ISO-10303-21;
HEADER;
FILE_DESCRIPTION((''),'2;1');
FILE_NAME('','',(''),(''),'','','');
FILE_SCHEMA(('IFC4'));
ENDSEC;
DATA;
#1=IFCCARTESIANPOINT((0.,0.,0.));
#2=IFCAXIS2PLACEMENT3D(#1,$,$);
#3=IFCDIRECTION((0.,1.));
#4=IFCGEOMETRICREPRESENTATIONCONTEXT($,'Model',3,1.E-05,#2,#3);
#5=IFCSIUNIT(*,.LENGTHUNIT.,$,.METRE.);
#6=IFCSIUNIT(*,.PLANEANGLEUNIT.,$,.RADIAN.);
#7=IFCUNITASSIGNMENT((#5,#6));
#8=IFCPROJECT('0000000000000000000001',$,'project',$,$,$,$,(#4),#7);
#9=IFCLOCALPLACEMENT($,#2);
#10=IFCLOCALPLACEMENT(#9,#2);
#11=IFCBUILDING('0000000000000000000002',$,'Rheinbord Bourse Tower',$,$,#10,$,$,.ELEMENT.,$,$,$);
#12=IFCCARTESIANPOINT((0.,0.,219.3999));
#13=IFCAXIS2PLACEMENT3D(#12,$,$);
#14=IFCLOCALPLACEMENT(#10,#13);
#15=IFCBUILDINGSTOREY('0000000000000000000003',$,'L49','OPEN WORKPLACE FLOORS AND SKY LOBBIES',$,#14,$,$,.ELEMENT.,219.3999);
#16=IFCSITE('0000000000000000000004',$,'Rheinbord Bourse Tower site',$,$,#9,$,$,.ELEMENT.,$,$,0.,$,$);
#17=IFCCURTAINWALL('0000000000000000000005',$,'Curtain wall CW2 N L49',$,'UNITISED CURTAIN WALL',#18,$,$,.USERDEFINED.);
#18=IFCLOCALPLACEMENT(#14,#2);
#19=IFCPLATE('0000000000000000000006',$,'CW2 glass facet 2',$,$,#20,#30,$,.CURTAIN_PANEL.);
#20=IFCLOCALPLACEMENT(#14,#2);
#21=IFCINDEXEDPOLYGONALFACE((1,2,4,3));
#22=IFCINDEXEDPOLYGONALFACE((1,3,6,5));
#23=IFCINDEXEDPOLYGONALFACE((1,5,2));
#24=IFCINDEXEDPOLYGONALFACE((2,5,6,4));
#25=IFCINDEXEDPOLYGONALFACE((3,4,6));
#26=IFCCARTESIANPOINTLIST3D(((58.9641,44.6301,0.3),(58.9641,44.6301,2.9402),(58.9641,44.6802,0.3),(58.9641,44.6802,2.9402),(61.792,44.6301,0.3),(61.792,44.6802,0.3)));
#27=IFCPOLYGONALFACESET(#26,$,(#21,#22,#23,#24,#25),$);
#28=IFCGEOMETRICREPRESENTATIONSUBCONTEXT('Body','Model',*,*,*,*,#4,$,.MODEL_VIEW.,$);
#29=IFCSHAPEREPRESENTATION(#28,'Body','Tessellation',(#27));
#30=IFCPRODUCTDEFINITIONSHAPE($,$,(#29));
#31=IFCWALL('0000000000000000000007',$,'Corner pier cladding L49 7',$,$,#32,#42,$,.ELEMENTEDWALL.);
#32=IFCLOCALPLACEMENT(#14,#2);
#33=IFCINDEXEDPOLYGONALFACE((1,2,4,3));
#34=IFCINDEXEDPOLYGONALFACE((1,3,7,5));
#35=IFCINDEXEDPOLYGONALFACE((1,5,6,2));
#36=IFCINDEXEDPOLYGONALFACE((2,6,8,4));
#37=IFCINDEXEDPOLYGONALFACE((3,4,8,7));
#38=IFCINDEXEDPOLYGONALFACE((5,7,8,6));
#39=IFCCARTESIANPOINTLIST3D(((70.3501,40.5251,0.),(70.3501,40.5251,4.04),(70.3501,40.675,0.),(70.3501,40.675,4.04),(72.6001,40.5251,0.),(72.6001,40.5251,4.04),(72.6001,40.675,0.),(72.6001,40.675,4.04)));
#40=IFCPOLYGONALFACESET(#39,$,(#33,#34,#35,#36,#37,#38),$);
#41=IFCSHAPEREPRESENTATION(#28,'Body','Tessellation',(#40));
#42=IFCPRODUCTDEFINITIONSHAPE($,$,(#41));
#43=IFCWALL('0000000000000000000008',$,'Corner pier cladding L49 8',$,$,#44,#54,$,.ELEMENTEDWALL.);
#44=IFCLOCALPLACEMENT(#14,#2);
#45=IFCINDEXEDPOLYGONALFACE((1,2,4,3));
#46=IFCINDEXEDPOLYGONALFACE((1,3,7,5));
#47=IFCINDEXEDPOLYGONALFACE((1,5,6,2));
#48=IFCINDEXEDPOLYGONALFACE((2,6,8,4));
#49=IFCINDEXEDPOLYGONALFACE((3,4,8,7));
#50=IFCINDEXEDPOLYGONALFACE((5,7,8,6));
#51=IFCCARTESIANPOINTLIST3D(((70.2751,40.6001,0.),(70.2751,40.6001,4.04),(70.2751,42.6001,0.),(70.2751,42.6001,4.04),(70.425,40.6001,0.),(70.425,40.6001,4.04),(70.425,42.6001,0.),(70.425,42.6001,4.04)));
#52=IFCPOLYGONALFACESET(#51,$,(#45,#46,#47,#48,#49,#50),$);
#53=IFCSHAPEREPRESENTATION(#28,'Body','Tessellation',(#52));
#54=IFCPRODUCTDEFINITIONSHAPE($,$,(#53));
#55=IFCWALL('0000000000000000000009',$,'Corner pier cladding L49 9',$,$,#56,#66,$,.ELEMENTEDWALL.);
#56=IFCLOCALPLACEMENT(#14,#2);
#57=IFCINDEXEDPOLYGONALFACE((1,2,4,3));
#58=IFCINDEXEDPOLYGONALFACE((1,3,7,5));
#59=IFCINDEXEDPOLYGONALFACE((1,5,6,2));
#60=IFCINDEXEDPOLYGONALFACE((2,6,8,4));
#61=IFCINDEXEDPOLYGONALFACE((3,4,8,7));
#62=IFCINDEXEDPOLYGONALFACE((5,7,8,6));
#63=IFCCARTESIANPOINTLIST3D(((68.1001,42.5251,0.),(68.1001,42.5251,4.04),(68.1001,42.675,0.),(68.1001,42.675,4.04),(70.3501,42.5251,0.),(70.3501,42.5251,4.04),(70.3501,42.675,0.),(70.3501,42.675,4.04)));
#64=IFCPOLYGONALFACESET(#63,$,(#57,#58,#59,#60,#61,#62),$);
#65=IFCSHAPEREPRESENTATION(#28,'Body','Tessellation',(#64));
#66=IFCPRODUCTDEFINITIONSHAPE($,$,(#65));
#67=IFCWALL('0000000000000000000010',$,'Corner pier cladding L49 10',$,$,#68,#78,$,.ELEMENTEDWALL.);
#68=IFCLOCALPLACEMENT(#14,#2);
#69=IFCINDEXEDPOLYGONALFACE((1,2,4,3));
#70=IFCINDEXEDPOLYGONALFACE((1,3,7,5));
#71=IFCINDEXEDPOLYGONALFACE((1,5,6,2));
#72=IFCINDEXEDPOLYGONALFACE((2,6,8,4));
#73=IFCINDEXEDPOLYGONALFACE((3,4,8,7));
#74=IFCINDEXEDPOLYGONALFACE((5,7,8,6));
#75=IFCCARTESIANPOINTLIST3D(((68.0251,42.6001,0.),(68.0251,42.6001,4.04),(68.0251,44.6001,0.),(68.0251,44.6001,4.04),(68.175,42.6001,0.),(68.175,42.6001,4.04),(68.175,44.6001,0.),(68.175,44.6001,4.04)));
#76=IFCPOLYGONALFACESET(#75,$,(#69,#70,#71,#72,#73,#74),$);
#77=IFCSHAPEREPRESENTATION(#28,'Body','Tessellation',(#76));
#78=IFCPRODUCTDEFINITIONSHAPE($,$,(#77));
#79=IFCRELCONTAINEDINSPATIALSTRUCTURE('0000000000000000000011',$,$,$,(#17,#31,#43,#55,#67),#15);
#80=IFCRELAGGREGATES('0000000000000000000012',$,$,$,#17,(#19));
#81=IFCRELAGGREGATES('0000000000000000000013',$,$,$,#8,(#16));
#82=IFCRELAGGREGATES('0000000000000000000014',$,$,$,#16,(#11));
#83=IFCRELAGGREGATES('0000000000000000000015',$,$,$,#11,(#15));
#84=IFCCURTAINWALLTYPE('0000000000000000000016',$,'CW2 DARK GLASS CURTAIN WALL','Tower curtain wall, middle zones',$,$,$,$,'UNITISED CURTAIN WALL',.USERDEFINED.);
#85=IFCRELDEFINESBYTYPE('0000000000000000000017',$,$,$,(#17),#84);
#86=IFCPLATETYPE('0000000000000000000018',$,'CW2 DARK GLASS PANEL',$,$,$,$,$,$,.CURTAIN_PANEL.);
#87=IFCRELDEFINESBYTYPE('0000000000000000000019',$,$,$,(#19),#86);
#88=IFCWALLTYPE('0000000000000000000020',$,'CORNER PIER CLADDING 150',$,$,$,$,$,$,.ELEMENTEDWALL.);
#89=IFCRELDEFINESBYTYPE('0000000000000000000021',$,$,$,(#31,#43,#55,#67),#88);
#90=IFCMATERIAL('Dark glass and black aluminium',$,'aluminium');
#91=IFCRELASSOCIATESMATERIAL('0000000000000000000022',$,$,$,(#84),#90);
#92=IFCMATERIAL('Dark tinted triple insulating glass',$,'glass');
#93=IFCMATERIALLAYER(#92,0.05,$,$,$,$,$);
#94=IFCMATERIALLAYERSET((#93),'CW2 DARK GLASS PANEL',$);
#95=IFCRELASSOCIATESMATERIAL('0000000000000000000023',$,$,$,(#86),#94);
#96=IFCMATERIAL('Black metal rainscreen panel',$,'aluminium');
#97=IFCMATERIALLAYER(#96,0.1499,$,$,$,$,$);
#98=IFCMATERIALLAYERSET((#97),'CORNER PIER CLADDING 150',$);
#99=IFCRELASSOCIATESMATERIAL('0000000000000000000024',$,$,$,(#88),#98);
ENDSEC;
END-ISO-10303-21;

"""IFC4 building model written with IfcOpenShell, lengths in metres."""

from ifc_helpers import new_model, si_unit, direction, frame, frame_2d, origin, place, context, subcontext, project, spatial, polyline, rectangle, outline, extrude, material, layer, layer_set, type_object, element, aggregate, save


model = new_model("IFC4")

# Units and contexts
model_context = context("Model", 3, precision=1e-05, world=origin(), true_north=direction((0.0, 1.0)))
body_context = subcontext(model_context, "Body", "Model", "MODEL_VIEW")
ifc_project = project(units=[si_unit("LENGTHUNIT", "METRE"), si_unit("PLANEANGLEUNIT", "RADIAN")], contexts=[model_context])

# Site, building, storey
site_placement = place(None, origin())
site = spatial("IfcSite", under=ifc_project, at=site_placement, Name="Rheinbord Bourse Tower site", CompositionType="ELEMENT", RefElevation=0.0)
building_placement = place(site_placement, origin())
building = spatial("IfcBuilding", under=site, at=building_placement, Name="Rheinbord Bourse Tower", CompositionType="ELEMENT")
storey_placement = place(building_placement, frame((0.0, 0.0, 219.3999)))
storey = spatial("IfcBuildingStorey", under=building, at=storey_placement, Name="L49", Description="OPEN WORKPLACE FLOORS AND SKY LOBBIES", CompositionType="ELEMENT", Elevation=219.3999)

# Curtain wall
ifc_material_1 = material(Name="Dark glass and black aluminium", Category="aluminium")
curtain_wall_type = type_object("IfcCurtainWallType", Name="CW2 DARK GLASS CURTAIN WALL", Description="Tower curtain wall, middle zones", ElementType="UNITISED CURTAIN WALL", PredefinedType="USERDEFINED", material=ifc_material_1)
curtain_wall_1_placement = place(storey_placement, origin())
curtain_wall_1 = element("IfcCurtainWall", 1, at=curtain_wall_1_placement, inside=storey, type_object=curtain_wall_type, Name="Curtain wall CW2 N L49", ObjectType="UNITISED CURTAIN WALL", PredefinedType="USERDEFINED")

# Plate
ifc_material_2 = material(Name="Dark tinted triple insulating glass", Category="glass")
ifc_layer_1 = layer(ifc_material_2, 0.05)
ifc_layer_set_1 = layer_set([ifc_layer_1], Name="CW2 DARK GLASS PANEL")
plate_type = type_object("IfcPlateType", Name="CW2 DARK GLASS PANEL", PredefinedType="CURTAIN_PANEL", material=ifc_layer_set_1)
plate_1_placement = place(storey_placement, frame((58.9641, 44.6802, 0.3), z_axis=(0.0, -1.0, 0.0), x_axis=(1.0, 0.0, 0.0)))
plate_1 = element("IfcPlate", 2, at=plate_1_placement, type_object=plate_type, Name="CW2 glass facet 2", PredefinedType="CURTAIN_PANEL", context=body_context, shape_type="SweptSolid", body=[
    extrude(outline(polyline([(0.0, 0.0), (2.8279, 0.0), (0.0, 2.6401), (0.0, 0.0)])), origin(), (0.0, 0.0, 1.0), 0.05),
])
aggregate(curtain_wall_1, [plate_1])

# Walls
ifc_material_3 = material(Name="Black metal rainscreen panel", Category="aluminium")
ifc_layer_2 = layer(ifc_material_3, 0.1499)
ifc_layer_set_2 = layer_set([ifc_layer_2], Name="CORNER PIER CLADDING 150")
wall_type = type_object("IfcWallType", Name="CORNER PIER CLADDING 150", PredefinedType="ELEMENTEDWALL", material=ifc_layer_set_2)
wall_1_placement = place(storey_placement, frame((72.6001, 40.6001, 0.0), z_axis=(0.0, 0.0, 1.0), x_axis=(-1.0, 0.0, 0.0)))
element("IfcWall", 3, at=wall_1_placement, inside=storey, type_object=wall_type, Name="Corner pier cladding L49 7", PredefinedType="ELEMENTEDWALL", context=body_context, shape_type="SweptSolid", body=[
    extrude(rectangle(XDim=2.25, YDim=0.1499, at=frame_2d((1.125, 0.0))), origin(), (0.0, 0.0, 1.0), 4.04),
])
wall_2_placement = place(storey_placement, frame((70.3501, 40.6001, 0.0), z_axis=(0.0, 0.0, 1.0), x_axis=(0.0, 1.0, 0.0)))
element("IfcWall", 4, at=wall_2_placement, inside=storey, type_object=wall_type, Name="Corner pier cladding L49 8", PredefinedType="ELEMENTEDWALL", context=body_context, shape_type="SweptSolid", body=[
    extrude(rectangle(XDim=2.0, YDim=0.1499, at=frame_2d((1.0, 0.0))), origin(), (0.0, 0.0, 1.0), 4.04),
])
wall_3_placement = place(storey_placement, frame((70.3501, 42.6001, 0.0), z_axis=(0.0, 0.0, 1.0), x_axis=(-1.0, 0.0, 0.0)))
element("IfcWall", 5, at=wall_3_placement, inside=storey, type_object=wall_type, Name="Corner pier cladding L49 9", PredefinedType="ELEMENTEDWALL", context=body_context, shape_type="SweptSolid", body=[
    extrude(rectangle(XDim=2.25, YDim=0.1499, at=frame_2d((1.125, 0.0))), origin(), (0.0, 0.0, 1.0), 4.04),
])
wall_4_placement = place(storey_placement, frame((68.1001, 42.6001, 0.0), z_axis=(0.0, 0.0, 1.0), x_axis=(0.0, 1.0, 0.0)))
element("IfcWall", 6, at=wall_4_placement, inside=storey, type_object=wall_type, Name="Corner pier cladding L49 10", PredefinedType="ELEMENTEDWALL", context=body_context, shape_type="SweptSolid", body=[
    extrude(rectangle(XDim=2.0, YDim=0.1499, at=frame_2d((1.0, 0.0))), origin(), (0.0, 0.0, 1.0), 4.04),
])

save(model, "model.ifc")
